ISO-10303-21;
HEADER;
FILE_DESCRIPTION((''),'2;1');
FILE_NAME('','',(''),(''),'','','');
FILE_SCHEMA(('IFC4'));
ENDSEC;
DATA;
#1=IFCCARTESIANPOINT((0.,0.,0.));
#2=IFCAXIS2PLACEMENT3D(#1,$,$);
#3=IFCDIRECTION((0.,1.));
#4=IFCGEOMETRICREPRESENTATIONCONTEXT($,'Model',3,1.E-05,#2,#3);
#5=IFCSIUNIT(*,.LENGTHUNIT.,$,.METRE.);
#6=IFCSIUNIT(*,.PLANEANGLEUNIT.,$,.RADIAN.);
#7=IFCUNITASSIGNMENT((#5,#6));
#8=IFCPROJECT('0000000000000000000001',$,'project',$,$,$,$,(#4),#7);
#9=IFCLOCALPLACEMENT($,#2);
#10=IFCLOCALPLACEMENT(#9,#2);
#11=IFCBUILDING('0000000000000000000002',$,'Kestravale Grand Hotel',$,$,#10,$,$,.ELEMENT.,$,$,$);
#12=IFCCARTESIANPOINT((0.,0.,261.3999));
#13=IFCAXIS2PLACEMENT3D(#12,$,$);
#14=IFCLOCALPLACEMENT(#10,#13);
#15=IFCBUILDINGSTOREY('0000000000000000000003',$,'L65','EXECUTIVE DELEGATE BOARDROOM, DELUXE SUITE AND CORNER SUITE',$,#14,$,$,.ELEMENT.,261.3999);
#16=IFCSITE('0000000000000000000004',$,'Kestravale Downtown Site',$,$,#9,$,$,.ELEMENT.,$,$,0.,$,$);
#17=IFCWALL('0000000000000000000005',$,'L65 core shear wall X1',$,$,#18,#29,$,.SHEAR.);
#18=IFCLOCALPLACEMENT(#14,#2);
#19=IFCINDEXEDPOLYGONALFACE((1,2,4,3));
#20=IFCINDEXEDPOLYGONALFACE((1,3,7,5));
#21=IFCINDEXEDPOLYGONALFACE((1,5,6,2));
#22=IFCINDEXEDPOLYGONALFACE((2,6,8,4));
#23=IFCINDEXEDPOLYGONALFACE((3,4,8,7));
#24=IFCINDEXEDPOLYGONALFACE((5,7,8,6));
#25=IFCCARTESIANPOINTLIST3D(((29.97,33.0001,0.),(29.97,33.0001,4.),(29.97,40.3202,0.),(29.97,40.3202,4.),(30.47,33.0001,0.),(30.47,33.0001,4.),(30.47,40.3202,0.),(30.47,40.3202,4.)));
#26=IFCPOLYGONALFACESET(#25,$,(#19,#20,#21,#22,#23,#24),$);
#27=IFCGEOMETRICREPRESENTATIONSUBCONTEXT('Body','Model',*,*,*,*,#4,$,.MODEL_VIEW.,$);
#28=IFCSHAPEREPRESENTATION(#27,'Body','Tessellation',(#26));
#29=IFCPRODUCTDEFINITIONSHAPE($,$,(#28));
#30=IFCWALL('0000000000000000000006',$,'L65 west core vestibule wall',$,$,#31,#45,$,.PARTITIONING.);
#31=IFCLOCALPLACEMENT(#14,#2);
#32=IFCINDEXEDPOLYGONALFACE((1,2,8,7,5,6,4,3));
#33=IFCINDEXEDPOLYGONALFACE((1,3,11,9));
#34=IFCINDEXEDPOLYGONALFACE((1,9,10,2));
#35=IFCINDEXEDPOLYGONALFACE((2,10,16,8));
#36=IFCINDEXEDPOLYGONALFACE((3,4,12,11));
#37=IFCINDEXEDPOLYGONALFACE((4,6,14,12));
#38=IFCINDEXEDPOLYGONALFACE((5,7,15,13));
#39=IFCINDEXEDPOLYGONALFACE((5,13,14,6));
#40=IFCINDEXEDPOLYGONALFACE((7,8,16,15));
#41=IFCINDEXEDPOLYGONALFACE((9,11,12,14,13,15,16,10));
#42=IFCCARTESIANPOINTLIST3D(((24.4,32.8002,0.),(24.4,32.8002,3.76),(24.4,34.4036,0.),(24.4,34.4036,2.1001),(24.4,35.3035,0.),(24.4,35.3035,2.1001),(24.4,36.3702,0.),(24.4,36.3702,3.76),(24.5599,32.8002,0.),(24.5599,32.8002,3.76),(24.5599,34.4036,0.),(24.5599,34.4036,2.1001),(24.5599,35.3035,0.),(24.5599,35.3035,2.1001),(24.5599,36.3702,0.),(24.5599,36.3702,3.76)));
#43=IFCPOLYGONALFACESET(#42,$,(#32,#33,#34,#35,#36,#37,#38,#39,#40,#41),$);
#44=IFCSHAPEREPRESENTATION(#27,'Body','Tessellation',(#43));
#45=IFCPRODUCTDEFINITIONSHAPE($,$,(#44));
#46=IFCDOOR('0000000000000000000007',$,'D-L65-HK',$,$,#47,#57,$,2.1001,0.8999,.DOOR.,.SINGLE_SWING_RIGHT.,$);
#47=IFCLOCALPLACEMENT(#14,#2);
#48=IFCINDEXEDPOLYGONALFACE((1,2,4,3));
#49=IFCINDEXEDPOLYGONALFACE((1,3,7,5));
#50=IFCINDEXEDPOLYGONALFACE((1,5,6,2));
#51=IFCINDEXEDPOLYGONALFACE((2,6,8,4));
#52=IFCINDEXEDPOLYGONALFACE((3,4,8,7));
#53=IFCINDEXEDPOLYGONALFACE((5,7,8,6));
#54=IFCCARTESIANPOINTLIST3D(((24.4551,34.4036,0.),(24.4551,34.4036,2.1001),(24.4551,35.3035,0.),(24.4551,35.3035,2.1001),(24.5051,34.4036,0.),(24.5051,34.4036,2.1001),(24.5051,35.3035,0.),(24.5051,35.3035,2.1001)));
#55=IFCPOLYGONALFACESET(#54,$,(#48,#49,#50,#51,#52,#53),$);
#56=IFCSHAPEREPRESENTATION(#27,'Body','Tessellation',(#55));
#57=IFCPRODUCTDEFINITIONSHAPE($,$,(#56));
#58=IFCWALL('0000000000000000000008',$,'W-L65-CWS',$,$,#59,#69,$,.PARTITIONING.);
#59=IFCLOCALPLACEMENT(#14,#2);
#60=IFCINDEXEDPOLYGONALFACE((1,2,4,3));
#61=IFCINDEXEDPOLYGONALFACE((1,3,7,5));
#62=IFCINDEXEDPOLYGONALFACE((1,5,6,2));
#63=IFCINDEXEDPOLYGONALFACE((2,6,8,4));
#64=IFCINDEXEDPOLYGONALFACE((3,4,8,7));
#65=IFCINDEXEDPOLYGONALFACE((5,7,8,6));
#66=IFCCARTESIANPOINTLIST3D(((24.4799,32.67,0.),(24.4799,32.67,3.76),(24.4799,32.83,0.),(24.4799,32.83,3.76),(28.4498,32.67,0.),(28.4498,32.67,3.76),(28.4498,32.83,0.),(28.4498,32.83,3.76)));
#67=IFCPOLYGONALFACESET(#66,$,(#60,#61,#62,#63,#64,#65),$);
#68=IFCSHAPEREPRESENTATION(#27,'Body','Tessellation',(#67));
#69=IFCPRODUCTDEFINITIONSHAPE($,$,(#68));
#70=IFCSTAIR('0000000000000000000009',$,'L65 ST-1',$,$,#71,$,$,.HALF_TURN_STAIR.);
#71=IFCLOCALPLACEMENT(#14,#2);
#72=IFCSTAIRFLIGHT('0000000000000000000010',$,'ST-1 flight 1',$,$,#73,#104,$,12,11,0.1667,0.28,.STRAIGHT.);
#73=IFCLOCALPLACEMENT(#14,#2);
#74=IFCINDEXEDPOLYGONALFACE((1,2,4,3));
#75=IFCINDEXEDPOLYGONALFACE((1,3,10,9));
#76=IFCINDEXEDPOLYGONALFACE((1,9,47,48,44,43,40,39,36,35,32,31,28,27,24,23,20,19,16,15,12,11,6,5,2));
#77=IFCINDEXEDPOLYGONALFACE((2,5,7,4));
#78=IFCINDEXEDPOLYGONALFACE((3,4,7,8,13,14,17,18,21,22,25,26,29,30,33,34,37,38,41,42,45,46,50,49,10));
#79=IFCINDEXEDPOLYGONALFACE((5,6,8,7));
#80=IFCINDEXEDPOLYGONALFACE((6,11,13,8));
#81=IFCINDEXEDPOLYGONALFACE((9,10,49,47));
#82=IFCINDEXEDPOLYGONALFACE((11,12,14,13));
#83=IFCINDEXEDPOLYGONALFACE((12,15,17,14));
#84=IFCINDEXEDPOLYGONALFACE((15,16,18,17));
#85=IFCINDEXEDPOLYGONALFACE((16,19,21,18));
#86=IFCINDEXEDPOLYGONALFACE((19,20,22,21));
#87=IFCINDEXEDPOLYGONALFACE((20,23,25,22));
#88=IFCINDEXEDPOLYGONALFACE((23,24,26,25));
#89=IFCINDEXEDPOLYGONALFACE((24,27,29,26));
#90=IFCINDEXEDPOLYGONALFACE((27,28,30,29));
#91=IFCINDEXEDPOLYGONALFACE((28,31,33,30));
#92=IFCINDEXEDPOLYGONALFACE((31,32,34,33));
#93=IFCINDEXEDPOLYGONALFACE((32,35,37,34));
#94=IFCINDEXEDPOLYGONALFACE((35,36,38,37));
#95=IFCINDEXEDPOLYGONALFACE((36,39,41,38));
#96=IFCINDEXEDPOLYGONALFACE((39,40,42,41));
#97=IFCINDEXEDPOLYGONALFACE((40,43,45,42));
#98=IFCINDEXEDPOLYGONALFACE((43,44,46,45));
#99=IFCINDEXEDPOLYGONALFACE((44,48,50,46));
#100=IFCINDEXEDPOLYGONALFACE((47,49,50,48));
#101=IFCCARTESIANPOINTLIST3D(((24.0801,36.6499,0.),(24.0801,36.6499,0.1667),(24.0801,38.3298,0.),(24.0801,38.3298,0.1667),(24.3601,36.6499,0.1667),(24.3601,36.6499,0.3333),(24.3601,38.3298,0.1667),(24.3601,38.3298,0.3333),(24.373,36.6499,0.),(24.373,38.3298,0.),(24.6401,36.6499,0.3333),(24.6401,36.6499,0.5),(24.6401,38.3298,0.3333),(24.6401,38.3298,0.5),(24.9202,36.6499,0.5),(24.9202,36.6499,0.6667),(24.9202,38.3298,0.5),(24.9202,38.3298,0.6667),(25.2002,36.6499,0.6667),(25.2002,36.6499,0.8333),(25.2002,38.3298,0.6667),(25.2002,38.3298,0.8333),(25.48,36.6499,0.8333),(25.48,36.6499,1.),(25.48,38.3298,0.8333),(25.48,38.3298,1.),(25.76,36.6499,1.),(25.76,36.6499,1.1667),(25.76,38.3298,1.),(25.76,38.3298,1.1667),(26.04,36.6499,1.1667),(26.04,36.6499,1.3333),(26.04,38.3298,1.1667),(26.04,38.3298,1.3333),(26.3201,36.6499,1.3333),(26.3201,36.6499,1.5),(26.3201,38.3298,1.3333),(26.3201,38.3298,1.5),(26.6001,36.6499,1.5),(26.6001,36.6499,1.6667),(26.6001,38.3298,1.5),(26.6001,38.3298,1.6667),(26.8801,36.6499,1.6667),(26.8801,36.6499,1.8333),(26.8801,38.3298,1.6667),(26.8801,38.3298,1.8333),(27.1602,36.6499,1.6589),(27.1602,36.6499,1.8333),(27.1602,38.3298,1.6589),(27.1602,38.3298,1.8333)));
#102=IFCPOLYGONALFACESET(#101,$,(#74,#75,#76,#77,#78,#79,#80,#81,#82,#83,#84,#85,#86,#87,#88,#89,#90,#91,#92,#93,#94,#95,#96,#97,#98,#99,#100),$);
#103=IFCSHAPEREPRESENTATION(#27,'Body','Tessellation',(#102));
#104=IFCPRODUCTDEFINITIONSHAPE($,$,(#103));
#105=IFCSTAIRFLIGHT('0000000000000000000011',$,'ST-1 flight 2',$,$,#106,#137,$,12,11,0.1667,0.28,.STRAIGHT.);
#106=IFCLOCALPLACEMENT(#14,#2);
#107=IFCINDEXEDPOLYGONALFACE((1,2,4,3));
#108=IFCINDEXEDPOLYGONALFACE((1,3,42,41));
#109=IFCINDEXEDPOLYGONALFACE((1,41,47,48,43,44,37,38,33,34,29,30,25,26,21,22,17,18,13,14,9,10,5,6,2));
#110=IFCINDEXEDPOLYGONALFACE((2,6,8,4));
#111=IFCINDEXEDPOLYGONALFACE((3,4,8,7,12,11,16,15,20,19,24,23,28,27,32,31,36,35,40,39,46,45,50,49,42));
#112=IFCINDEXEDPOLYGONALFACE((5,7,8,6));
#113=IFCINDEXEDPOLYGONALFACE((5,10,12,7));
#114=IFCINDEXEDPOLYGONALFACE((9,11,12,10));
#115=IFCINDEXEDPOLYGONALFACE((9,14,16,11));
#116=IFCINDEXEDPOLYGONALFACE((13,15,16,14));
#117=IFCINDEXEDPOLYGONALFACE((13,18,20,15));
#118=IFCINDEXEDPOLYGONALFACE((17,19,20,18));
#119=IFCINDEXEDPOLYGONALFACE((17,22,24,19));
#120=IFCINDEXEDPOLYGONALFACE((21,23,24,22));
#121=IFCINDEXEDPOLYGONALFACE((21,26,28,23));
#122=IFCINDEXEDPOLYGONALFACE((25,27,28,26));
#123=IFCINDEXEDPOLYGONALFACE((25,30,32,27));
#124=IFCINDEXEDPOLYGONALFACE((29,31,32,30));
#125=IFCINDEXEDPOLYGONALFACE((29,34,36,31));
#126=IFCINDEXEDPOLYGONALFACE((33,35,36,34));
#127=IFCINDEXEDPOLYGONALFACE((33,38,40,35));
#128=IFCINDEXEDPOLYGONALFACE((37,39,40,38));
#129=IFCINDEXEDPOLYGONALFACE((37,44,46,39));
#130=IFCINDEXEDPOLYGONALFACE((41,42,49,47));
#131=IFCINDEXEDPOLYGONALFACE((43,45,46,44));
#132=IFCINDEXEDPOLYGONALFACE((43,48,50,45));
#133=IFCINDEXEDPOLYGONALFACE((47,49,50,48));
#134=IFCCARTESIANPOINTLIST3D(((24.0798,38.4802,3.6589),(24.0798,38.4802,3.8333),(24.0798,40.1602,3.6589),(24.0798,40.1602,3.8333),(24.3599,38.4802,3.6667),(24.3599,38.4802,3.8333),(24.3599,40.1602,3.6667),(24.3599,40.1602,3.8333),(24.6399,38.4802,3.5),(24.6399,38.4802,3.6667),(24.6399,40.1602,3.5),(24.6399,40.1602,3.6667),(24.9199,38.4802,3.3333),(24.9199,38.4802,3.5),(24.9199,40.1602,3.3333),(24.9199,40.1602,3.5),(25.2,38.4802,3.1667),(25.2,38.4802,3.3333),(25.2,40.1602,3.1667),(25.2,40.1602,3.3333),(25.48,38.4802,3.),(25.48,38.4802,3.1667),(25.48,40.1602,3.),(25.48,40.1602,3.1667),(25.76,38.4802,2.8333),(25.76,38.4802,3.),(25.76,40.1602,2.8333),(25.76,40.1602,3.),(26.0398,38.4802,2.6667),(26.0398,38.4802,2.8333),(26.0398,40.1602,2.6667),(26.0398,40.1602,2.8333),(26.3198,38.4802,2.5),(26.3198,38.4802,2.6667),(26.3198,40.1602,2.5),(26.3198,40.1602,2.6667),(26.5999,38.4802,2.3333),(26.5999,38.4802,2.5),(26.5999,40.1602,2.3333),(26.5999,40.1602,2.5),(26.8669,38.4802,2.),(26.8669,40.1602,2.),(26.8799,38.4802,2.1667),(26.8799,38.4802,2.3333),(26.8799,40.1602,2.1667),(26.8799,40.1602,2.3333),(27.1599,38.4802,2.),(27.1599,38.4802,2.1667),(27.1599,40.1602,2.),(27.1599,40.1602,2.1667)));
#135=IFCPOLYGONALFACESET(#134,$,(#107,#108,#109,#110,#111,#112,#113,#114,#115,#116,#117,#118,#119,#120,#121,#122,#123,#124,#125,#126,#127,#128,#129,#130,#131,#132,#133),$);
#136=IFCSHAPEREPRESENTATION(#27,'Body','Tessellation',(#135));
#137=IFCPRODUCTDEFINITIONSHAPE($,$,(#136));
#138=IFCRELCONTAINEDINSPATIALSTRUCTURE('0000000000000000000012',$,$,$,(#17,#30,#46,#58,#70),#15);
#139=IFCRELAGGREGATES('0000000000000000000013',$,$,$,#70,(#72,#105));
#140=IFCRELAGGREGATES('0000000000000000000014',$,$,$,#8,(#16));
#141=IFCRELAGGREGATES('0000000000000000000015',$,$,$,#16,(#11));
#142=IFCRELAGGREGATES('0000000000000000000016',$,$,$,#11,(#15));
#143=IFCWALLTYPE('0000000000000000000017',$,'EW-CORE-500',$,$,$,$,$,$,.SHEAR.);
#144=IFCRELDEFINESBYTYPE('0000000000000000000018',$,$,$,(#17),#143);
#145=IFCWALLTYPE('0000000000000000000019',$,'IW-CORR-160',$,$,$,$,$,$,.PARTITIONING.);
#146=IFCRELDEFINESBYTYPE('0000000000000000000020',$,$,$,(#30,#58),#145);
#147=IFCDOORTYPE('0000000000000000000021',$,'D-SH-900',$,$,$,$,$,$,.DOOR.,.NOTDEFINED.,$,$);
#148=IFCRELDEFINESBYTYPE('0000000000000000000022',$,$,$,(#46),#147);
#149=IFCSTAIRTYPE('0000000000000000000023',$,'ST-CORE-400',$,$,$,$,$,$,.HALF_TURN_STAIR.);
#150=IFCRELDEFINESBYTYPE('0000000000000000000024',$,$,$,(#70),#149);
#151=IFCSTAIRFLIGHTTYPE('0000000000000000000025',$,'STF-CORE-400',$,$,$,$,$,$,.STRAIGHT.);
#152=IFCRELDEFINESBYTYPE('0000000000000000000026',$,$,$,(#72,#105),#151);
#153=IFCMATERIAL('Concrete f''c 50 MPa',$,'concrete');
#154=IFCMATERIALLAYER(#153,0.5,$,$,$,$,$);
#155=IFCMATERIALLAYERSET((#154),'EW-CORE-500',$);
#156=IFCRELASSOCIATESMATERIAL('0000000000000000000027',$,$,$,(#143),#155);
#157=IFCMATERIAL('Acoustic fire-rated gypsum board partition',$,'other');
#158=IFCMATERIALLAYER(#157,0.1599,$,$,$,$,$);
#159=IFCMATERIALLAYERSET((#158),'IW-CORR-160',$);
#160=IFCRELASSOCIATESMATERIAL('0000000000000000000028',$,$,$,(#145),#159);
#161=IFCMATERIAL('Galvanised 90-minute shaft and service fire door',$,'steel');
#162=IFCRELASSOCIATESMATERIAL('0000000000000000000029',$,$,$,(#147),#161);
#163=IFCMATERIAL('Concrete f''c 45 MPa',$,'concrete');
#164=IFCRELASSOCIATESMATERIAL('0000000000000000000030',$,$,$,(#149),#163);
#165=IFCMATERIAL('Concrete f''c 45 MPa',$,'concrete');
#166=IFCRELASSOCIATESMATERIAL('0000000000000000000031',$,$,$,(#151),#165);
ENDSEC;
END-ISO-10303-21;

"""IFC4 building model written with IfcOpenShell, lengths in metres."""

from ifc_helpers import new_model, si_unit, direction, frame, frame_2d, origin, place, context, subcontext, project, spatial, polyline, rectangle, outline, extrude, material, layer, layer_set, type_object, element, fill, aggregate, save


model = new_model("IFC4")

# Units and contexts
model_context = context("Model", 3, precision=1e-05, world=origin(), true_north=direction((0.0, 1.0)))
body_context = subcontext(model_context, "Body", "Model", "MODEL_VIEW")
ifc_project = project(units=[si_unit("LENGTHUNIT", "METRE"), si_unit("PLANEANGLEUNIT", "RADIAN")], contexts=[model_context])

# Site, building, storey
site_placement = place(None, origin())
site = spatial("IfcSite", under=ifc_project, at=site_placement, Name="Kestravale Downtown Site", CompositionType="ELEMENT", RefElevation=0.0)
building_placement = place(site_placement, origin())
building = spatial("IfcBuilding", under=site, at=building_placement, Name="Kestravale Grand Hotel", CompositionType="ELEMENT")
storey_placement = place(building_placement, frame((0.0, 0.0, 261.3999)))
storey = spatial("IfcBuildingStorey", under=building, at=storey_placement, Name="L65", Description="EXECUTIVE DELEGATE BOARDROOM, DELUXE SUITE AND CORNER SUITE", CompositionType="ELEMENT", Elevation=261.3999)

# Wall
ifc_material_1 = material(Name="Concrete f'c 50 MPa", Category="concrete")
ifc_layer_1 = layer(ifc_material_1, 0.5)
ifc_layer_set_1 = layer_set([ifc_layer_1], Name="EW-CORE-500")
wall_type_1 = type_object("IfcWallType", Name="EW-CORE-500", PredefinedType="SHEAR", material=ifc_layer_set_1)
wall_1_placement = place(storey_placement, frame((30.22, 33.0, 0.0), z_axis=(0.0, 0.0, 1.0), x_axis=(0.0, 1.0, 0.0)))
element("IfcWall", 1, at=wall_1_placement, inside=storey, type_object=wall_type_1, Name="L65 core shear wall X1", PredefinedType="SHEAR", context=body_context, shape_type="SweptSolid", body=[
    extrude(rectangle(XDim=7.3201, YDim=0.5, at=frame_2d((3.6602, 0.0))), origin(), (0.0, 0.0, 1.0), 4.0),
])

# Wall, opening, door
ifc_material_2 = material(Name="Acoustic fire-rated gypsum board partition", Category="other")
ifc_layer_2 = layer(ifc_material_2, 0.1599)
ifc_layer_set_2 = layer_set([ifc_layer_2], Name="IW-CORR-160")
wall_type_2 = type_object("IfcWallType", Name="IW-CORR-160", PredefinedType="PARTITIONING", material=ifc_layer_set_2)
wall_2_placement = place(storey_placement, frame((24.48, 32.8, 0.0), z_axis=(0.0, 0.0, 1.0), x_axis=(0.0, 1.0, 0.0)))
wall_2 = element("IfcWall", 2, at=wall_2_placement, inside=storey, type_object=wall_type_2, Name="L65 west core vestibule wall", PredefinedType="PARTITIONING", context=body_context, shape_type="SweptSolid", body=[
    extrude(rectangle(XDim=3.5701, YDim=0.1599, at=frame_2d((1.7852, 0.0))), origin(), (0.0, 0.0, 1.0), 3.76),
])
opening_1_placement = place(wall_2_placement, frame((1.6035, 0.0, 0.0)))
opening_1 = element("IfcOpeningElement", 3, at=opening_1_placement, cuts=wall_2, PredefinedType="OPENING", context=body_context, shape_type="SweptSolid", body=[
    extrude(rectangle(XDim=0.8999, YDim=2.1001, at=frame_2d((0.45, 1.05))), frame((0.0, 0.0898, 0.0), z_axis=(0.0, -1.0, 0.0), x_axis=(1.0, 0.0, 0.0)), (0.0, 0.0, 1.0), 0.1799),
])
ifc_material_3 = material(Name="Galvanised 90-minute shaft and service fire door", Category="steel")
door_type_1 = type_object("IfcDoorType", Name="D-SH-900", OperationType="NOTDEFINED", PredefinedType="DOOR", material=ifc_material_3)
door_1_placement = place(opening_1_placement, origin())
door_1 = element("IfcDoor", 4, at=door_1_placement, inside=storey, type_object=door_type_1, Name="D-L65-HK", OperationType="SINGLE_SWING_RIGHT", OverallHeight=2.1001, OverallWidth=0.8999, PredefinedType="DOOR", context=body_context, shape_type="SweptSolid", body=[
    extrude(rectangle(XDim=0.8999, YDim=2.1001, at=frame_2d((0.45, 1.05))), frame((0.0, 0.0249, 0.0), z_axis=(0.0, -1.0, 0.0), x_axis=(1.0, 0.0, 0.0)), (0.0, 0.0, 1.0), 0.05),
])
fill(opening_1, door_1)

# Wall
wall_3_placement = place(storey_placement, frame((24.48, 32.75, 0.0), z_axis=(0.0, 0.0, 1.0), x_axis=(1.0, 0.0, 0.0)))
element("IfcWall", 5, at=wall_3_placement, inside=storey, type_object=wall_type_2, Name="W-L65-CWS", PredefinedType="PARTITIONING", context=body_context, shape_type="SweptSolid", body=[
    extrude(rectangle(XDim=3.97, YDim=0.1599, at=frame_2d((1.9849, 0.0))), origin(), (0.0, 0.0, 1.0), 3.76),
])

# Stair, stair flights
ifc_material_4 = material(Name="Concrete f'c 45 MPa", Category="concrete")
stair_type = type_object("IfcStairType", Name="ST-CORE-400", PredefinedType="HALF_TURN_STAIR", material=ifc_material_4)
stair_placement = place(storey_placement, origin())
stair = element("IfcStair", 6, at=stair_placement, inside=storey, type_object=stair_type, Name="L65 ST-1", PredefinedType="HALF_TURN_STAIR")
ifc_material_5 = material(Name="Concrete f'c 45 MPa", Category="concrete")
stair_flight_type = type_object("IfcStairFlightType", Name="STF-CORE-400", PredefinedType="STRAIGHT", material=ifc_material_5)
stair_flight_1_placement = place(storey_placement, frame((24.0801, 37.49, 0.0), z_axis=(0.0, 0.0, 1.0), x_axis=(1.0, 0.0, 0.0)))
stair_flight_1 = element("IfcStairFlight", 7, at=stair_flight_1_placement, type_object=stair_flight_type, Name="ST-1 flight 1", NumberOfRisers=12, NumberOfTreads=11, PredefinedType="STRAIGHT", RiserHeight=0.1667, TreadLength=0.28, context=body_context, shape_type="SweptSolid", body=[
    extrude(outline(polyline([(0.0, 0.0), (0.0, 0.1667), (0.28, 0.1667), (0.28, 0.3333), (0.5601, 0.3333), (0.5601, 0.5), (0.8401, 0.5), (0.8401, 0.6667), (1.1201, 0.6667), (1.1201, 0.8333), (1.3999, 0.8333), (1.3999, 1.0), (1.6799, 1.0), (1.6799, 1.1667), (1.96, 1.1667), (1.96, 1.3333), (2.24, 1.3333), (2.24, 1.5), (2.52, 1.5), (2.52, 1.6667), (2.8, 1.6667), (2.8, 1.8333), (3.0801, 1.8333), (3.0801, 2.0), (3.0801, 1.6589), (0.293, 0.0), (0.0, 0.0)])), frame((0.0, 0.8398, 0.0), z_axis=(0.0, -1.0, 0.0), x_axis=(1.0, 0.0, 0.0)), (0.0, 0.0, 1.0), 1.6799),
])
stair_flight_2_placement = place(storey_placement, frame((27.1599, 39.3201, 2.0), z_axis=(0.0, 0.0, 1.0), x_axis=(-1.0, 0.0, 0.0)))
stair_flight_2 = element("IfcStairFlight", 8, at=stair_flight_2_placement, type_object=stair_flight_type, Name="ST-1 flight 2", NumberOfRisers=12, NumberOfTreads=11, PredefinedType="STRAIGHT", RiserHeight=0.1667, TreadLength=0.28, context=body_context, shape_type="SweptSolid", body=[
    extrude(outline(polyline([(0.0, 0.0), (0.0, 0.1667), (0.28, 0.1667), (0.28, 0.3333), (0.5601, 0.3333), (0.5601, 0.5), (0.8401, 0.5), (0.8401, 0.6667), (1.1201, 0.6667), (1.1201, 0.8333), (1.3999, 0.8333), (1.3999, 1.0), (1.6799, 1.0), (1.6799, 1.1667), (1.96, 1.1667), (1.96, 1.3333), (2.24, 1.3333), (2.24, 1.5), (2.52, 1.5), (2.52, 1.6667), (2.8, 1.6667), (2.8, 1.8333), (3.0801, 1.8333), (3.0801, 2.0), (3.0801, 1.6589), (0.293, 0.0), (0.0, 0.0)])), frame((0.0, 0.8398, 0.0), z_axis=(0.0, -1.0, 0.0), x_axis=(1.0, 0.0, 0.0)), (0.0, 0.0, 1.0), 1.6799),
])
aggregate(stair, [stair_flight_1, stair_flight_2])

save(model, "model.ifc")
